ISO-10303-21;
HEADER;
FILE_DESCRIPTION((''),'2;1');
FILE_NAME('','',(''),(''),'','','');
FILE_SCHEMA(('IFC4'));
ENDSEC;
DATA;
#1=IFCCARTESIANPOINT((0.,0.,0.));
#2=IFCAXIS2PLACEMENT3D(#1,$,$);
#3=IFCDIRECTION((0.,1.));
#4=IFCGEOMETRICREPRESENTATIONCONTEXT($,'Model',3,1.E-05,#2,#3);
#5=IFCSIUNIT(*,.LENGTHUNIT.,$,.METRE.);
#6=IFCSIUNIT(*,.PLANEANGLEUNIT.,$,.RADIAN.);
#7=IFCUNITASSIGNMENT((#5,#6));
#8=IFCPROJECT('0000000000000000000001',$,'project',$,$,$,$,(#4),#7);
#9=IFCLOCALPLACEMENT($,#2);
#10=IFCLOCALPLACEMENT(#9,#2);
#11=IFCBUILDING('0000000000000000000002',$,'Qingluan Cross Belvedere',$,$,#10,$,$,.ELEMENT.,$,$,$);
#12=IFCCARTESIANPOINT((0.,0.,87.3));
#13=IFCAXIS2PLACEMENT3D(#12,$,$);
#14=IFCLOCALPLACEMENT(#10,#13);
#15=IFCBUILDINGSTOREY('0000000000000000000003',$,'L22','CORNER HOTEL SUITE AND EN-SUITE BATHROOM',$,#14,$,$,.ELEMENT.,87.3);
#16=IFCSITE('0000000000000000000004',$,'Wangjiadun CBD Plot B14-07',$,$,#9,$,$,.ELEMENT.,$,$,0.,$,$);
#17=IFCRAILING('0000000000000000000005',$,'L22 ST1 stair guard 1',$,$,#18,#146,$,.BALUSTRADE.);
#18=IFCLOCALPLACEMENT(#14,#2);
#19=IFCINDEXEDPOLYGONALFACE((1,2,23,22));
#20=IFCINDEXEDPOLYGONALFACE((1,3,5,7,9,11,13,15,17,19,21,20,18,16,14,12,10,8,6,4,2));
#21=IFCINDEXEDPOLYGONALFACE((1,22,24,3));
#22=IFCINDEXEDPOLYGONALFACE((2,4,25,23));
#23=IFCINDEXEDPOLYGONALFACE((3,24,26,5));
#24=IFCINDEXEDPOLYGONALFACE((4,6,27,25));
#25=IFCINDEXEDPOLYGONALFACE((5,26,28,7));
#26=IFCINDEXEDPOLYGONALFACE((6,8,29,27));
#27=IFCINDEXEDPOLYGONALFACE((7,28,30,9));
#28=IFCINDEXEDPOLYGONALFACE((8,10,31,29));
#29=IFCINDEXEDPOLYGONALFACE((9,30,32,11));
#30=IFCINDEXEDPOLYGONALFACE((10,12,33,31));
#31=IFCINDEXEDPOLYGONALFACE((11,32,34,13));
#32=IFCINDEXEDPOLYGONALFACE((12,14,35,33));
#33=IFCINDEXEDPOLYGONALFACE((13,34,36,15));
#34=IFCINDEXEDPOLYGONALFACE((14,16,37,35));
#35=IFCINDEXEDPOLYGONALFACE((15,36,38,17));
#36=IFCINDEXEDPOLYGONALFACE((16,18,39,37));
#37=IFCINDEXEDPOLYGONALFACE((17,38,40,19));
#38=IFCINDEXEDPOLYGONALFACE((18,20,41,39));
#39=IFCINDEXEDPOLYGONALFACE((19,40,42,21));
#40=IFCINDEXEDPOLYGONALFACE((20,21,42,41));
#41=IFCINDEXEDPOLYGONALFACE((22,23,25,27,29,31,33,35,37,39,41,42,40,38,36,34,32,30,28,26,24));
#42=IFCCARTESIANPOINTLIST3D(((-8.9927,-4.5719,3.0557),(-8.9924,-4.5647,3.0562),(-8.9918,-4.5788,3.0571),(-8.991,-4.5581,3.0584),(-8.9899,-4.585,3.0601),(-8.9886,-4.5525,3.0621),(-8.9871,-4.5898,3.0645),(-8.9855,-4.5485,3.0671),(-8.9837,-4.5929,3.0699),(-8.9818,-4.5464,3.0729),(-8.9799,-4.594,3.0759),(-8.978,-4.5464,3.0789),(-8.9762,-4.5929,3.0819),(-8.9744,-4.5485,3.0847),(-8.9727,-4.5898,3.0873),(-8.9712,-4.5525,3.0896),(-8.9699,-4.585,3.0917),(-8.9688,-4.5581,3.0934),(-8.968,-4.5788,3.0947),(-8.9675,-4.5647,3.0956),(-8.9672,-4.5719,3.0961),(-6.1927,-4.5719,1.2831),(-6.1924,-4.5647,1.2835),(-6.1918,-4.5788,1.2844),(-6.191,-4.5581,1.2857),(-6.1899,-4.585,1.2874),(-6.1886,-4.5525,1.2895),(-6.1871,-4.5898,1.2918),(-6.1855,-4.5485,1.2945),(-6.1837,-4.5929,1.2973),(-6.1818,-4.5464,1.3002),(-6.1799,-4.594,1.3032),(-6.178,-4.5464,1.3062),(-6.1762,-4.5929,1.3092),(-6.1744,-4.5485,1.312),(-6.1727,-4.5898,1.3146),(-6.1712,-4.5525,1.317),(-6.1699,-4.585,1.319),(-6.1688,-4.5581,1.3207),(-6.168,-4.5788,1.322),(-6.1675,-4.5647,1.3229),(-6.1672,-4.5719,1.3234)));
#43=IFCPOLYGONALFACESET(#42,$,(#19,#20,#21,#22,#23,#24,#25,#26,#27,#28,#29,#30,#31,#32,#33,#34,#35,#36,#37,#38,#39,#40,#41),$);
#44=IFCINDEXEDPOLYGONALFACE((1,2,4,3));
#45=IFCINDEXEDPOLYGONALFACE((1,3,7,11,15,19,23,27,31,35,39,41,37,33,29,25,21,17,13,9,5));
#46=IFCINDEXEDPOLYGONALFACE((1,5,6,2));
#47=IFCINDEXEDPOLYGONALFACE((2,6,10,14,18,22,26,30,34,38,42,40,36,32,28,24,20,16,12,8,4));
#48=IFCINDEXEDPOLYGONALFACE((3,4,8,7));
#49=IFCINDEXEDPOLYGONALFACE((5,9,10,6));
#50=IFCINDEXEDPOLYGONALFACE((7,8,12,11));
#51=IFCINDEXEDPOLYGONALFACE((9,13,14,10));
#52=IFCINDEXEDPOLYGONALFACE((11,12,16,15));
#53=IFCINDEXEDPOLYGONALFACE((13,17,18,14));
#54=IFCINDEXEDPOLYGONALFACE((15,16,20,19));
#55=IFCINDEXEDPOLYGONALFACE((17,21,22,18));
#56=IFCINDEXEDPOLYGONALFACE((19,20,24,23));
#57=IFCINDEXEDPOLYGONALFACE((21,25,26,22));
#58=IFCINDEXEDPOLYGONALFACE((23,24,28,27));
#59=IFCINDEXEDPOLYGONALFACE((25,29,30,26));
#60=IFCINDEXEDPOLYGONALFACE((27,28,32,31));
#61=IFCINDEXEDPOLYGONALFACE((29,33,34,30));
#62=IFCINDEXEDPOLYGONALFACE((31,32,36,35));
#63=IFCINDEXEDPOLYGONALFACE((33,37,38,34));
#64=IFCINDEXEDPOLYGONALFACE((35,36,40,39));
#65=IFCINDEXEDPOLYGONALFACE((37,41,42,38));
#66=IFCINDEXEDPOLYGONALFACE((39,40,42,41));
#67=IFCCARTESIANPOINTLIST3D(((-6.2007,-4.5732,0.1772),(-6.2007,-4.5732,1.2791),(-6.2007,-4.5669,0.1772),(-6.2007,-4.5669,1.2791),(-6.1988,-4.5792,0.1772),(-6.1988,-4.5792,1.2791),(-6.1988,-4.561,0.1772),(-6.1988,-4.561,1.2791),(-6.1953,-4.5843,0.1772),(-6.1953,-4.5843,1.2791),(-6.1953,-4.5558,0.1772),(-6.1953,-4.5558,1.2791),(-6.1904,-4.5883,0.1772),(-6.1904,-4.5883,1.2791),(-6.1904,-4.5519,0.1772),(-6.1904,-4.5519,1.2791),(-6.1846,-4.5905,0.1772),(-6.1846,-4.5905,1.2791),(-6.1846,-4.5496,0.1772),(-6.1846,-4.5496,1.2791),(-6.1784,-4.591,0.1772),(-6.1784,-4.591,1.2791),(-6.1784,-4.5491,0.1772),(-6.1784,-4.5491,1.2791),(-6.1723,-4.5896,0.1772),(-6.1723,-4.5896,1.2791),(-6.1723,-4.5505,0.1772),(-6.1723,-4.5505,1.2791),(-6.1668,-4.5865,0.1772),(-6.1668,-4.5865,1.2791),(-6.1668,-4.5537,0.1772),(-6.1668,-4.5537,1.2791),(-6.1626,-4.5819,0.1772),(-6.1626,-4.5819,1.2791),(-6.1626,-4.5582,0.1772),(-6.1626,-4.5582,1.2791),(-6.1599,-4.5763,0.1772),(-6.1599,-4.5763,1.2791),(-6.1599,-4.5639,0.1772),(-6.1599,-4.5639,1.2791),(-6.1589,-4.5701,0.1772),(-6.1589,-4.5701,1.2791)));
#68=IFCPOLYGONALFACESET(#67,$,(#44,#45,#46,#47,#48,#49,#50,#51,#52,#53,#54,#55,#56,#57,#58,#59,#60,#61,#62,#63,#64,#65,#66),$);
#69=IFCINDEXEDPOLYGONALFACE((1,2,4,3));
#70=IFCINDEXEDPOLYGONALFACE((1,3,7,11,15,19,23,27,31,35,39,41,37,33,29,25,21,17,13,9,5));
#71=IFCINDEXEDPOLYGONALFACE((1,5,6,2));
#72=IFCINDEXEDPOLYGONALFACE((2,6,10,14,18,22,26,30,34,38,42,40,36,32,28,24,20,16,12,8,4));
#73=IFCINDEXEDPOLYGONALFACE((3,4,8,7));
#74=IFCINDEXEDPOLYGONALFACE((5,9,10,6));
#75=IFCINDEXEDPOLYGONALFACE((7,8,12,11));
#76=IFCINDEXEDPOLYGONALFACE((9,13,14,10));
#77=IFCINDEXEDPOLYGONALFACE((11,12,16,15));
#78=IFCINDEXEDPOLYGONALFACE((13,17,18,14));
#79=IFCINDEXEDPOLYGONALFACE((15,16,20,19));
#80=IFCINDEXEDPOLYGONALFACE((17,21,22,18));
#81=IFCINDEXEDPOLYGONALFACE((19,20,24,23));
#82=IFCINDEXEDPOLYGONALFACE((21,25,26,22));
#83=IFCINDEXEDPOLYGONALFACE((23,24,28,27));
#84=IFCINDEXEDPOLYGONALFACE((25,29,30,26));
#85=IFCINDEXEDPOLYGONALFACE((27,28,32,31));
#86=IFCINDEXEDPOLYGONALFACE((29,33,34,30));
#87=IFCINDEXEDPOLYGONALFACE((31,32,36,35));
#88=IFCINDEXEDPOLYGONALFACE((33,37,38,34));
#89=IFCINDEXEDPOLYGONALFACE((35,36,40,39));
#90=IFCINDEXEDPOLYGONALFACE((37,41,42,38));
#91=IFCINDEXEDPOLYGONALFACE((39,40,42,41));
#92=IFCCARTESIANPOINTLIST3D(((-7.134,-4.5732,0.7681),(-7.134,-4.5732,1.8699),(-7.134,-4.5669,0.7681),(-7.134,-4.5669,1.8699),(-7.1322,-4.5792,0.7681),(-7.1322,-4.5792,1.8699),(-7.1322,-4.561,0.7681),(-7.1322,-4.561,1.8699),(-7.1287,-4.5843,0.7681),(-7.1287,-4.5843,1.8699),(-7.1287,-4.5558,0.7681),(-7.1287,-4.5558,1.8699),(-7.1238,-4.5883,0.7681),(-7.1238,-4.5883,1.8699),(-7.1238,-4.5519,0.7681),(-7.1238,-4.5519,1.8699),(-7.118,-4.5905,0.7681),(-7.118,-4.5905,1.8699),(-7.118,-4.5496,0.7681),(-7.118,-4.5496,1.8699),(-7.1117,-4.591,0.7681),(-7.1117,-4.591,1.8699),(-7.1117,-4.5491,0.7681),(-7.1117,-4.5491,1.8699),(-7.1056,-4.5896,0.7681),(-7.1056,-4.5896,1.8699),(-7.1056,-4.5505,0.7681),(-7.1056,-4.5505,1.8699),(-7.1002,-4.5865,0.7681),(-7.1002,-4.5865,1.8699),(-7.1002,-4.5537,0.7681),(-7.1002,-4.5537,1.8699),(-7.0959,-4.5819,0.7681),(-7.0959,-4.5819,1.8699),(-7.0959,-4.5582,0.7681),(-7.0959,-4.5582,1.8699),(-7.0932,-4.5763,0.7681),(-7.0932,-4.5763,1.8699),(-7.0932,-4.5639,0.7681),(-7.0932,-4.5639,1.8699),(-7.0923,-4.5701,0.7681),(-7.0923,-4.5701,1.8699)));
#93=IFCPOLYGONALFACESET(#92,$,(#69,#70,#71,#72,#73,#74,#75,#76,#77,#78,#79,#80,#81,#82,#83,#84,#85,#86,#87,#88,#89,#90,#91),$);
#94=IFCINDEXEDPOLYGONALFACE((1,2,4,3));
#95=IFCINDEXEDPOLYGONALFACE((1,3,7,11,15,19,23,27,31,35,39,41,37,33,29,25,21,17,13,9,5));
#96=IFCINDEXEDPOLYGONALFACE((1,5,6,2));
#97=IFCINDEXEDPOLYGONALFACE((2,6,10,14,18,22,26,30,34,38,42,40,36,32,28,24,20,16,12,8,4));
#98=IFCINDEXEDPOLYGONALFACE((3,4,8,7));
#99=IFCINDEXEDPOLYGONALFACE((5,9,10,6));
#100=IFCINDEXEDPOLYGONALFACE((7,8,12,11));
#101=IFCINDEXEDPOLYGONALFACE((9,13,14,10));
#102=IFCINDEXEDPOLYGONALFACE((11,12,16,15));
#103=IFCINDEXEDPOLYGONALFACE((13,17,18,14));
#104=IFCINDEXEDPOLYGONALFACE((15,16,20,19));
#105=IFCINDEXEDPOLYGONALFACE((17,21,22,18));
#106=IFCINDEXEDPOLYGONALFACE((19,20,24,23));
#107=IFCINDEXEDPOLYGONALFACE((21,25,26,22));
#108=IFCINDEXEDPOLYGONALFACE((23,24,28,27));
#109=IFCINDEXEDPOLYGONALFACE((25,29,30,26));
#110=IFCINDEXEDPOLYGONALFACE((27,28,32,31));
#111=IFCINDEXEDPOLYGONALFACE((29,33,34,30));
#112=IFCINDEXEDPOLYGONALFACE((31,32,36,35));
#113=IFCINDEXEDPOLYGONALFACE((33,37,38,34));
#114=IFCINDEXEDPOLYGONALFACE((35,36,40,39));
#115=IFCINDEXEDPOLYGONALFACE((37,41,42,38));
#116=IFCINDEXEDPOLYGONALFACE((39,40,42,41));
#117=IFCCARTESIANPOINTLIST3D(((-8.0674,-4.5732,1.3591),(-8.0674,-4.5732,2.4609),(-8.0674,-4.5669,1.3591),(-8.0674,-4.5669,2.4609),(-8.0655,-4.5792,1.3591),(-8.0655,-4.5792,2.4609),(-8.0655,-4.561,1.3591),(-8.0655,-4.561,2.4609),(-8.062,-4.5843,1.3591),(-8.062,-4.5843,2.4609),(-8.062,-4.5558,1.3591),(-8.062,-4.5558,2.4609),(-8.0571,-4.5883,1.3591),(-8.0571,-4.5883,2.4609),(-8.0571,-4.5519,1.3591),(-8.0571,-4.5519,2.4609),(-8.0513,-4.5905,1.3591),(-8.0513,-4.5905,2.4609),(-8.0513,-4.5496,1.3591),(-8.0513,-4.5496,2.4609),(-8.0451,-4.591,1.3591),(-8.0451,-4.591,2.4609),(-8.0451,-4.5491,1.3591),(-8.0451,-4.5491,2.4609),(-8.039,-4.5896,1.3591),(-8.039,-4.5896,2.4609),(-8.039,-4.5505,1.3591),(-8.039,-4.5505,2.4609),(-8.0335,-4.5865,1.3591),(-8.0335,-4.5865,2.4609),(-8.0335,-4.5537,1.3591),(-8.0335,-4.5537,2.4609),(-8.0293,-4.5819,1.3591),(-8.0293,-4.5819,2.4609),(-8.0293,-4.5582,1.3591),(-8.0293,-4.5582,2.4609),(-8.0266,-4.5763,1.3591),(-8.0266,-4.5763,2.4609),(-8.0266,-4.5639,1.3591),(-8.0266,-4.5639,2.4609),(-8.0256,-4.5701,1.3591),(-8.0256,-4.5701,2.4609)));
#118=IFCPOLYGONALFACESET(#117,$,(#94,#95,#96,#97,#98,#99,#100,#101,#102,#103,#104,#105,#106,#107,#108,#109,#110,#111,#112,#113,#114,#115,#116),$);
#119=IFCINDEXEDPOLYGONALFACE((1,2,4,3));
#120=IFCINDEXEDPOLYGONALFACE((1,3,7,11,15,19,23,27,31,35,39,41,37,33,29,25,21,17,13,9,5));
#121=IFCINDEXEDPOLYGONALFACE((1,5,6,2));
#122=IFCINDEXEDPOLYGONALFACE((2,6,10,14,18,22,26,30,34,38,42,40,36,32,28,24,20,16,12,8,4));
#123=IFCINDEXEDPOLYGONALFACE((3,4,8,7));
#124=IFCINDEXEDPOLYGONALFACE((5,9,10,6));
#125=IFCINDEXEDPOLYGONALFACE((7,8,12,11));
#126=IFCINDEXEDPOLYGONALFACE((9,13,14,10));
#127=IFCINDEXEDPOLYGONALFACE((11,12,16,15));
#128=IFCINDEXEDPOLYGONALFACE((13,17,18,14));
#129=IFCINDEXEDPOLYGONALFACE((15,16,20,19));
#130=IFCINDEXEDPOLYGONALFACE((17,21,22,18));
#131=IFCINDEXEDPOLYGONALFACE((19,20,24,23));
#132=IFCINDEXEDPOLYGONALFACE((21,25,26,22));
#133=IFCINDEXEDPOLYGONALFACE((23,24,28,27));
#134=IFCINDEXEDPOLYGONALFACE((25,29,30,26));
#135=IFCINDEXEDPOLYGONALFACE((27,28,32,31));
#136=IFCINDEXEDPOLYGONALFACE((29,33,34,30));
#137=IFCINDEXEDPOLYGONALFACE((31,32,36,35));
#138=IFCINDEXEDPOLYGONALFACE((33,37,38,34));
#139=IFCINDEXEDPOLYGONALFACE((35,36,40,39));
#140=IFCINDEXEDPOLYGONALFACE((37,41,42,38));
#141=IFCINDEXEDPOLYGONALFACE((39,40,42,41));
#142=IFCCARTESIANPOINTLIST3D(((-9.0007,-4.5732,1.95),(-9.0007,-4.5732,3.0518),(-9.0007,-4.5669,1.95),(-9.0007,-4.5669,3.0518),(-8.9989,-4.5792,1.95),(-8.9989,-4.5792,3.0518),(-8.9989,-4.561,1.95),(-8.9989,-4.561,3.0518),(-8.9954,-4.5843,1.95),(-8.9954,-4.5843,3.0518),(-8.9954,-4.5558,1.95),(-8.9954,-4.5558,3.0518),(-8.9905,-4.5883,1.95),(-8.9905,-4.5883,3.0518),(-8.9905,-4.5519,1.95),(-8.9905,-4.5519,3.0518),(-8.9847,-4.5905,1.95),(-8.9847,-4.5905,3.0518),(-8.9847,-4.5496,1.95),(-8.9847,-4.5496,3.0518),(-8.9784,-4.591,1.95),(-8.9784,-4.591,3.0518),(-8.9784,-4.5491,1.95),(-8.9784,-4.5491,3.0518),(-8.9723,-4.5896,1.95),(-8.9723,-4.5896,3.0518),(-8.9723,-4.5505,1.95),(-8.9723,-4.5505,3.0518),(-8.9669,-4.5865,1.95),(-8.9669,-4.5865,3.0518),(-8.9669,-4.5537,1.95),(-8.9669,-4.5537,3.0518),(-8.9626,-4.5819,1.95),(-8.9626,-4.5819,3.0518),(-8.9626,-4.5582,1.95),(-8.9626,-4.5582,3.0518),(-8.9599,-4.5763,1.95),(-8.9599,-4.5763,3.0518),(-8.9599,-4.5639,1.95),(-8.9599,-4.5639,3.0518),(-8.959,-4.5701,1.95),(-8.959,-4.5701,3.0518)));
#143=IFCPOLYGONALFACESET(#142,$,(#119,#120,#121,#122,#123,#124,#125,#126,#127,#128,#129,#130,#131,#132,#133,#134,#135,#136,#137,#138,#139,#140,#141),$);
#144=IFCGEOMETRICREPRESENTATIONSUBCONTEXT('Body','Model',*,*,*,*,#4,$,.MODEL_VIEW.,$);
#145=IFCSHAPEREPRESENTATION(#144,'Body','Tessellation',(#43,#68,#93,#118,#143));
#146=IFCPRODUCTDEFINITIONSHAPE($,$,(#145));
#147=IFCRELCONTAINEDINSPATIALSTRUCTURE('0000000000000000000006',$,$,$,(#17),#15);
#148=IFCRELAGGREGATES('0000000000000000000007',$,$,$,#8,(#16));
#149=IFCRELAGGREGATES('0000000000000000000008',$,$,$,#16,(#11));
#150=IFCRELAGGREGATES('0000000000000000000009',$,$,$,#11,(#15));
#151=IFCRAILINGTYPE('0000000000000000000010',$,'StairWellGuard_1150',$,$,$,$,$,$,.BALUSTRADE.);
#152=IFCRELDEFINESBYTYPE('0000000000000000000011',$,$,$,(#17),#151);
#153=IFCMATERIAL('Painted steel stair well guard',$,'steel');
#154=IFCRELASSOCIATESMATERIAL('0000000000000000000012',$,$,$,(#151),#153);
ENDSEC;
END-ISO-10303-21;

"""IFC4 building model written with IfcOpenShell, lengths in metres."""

from ifc_helpers import new_model, si_unit, direction, frame, origin, origin_2d, place, context, subcontext, project, spatial, circle, extrude, material, type_object, element, save


model = new_model("IFC4")

# Units and contexts
model_context = context("Model", 3, precision=1e-05, world=origin(), true_north=direction((0.0, 1.0)))
body_context = subcontext(model_context, "Body", "Model", "MODEL_VIEW")
ifc_project = project(units=[si_unit("LENGTHUNIT", "METRE"), si_unit("PLANEANGLEUNIT", "RADIAN")], contexts=[model_context])

# Site, building, storey
site_placement = place(None, origin())
site = spatial("IfcSite", under=ifc_project, at=site_placement, Name="Wangjiadun CBD Plot B14-07", CompositionType="ELEMENT", RefElevation=0.0)
building_placement = place(site_placement, origin())
building = spatial("IfcBuilding", under=site, at=building_placement, Name="Qingluan Cross Belvedere", CompositionType="ELEMENT")
storey_placement = place(building_placement, frame((0.0, 0.0, 87.3)))
storey = spatial("IfcBuildingStorey", under=building, at=storey_placement, Name="L22", Description="CORNER HOTEL SUITE AND EN-SUITE BATHROOM", CompositionType="ELEMENT", Elevation=87.3)

# Railing
ifc_material_1 = material(Name="Painted steel stair well guard", Category="steel")
railing_type_1 = type_object("IfcRailingType", Name="StairWellGuard_1150", PredefinedType="BALUSTRADE", material=ifc_material_1)
railing_1_placement = place(storey_placement, frame((-6.1799, -4.5701, 0.1772)))
element("IfcRailing", 1, at=railing_1_placement, inside=storey, type_object=railing_type_1, Name="L22 ST1 stair guard 1", PredefinedType="BALUSTRADE", context=body_context, shape_type="SweptSolid", body=[
    extrude(circle(Radius=0.0239, at=origin_2d()), frame((0.0, 0.0, 1.126), z_axis=(-0.844909, 0.0, 0.53491), x_axis=(0.0, -1.0, 0.0)), (0.0, 0.0, 1.0), 3.314),
    extrude(circle(Radius=0.021, at=origin_2d()), origin(), (0.0, 0.0, 1.0), 1.1018),
    extrude(circle(Radius=0.021, at=origin_2d()), frame((-0.9333, 0.0, 0.5908)), (0.0, 0.0, 1.0), 1.1018),
    extrude(circle(Radius=0.021, at=origin_2d()), frame((-1.8667, 0.0, 1.1819)), (0.0, 0.0, 1.0), 1.1018),
    extrude(circle(Radius=0.021, at=origin_2d()), frame((-2.8, 0.0, 1.7727)), (0.0, 0.0, 1.0), 1.1018),
])

save(model, "model.ifc")
